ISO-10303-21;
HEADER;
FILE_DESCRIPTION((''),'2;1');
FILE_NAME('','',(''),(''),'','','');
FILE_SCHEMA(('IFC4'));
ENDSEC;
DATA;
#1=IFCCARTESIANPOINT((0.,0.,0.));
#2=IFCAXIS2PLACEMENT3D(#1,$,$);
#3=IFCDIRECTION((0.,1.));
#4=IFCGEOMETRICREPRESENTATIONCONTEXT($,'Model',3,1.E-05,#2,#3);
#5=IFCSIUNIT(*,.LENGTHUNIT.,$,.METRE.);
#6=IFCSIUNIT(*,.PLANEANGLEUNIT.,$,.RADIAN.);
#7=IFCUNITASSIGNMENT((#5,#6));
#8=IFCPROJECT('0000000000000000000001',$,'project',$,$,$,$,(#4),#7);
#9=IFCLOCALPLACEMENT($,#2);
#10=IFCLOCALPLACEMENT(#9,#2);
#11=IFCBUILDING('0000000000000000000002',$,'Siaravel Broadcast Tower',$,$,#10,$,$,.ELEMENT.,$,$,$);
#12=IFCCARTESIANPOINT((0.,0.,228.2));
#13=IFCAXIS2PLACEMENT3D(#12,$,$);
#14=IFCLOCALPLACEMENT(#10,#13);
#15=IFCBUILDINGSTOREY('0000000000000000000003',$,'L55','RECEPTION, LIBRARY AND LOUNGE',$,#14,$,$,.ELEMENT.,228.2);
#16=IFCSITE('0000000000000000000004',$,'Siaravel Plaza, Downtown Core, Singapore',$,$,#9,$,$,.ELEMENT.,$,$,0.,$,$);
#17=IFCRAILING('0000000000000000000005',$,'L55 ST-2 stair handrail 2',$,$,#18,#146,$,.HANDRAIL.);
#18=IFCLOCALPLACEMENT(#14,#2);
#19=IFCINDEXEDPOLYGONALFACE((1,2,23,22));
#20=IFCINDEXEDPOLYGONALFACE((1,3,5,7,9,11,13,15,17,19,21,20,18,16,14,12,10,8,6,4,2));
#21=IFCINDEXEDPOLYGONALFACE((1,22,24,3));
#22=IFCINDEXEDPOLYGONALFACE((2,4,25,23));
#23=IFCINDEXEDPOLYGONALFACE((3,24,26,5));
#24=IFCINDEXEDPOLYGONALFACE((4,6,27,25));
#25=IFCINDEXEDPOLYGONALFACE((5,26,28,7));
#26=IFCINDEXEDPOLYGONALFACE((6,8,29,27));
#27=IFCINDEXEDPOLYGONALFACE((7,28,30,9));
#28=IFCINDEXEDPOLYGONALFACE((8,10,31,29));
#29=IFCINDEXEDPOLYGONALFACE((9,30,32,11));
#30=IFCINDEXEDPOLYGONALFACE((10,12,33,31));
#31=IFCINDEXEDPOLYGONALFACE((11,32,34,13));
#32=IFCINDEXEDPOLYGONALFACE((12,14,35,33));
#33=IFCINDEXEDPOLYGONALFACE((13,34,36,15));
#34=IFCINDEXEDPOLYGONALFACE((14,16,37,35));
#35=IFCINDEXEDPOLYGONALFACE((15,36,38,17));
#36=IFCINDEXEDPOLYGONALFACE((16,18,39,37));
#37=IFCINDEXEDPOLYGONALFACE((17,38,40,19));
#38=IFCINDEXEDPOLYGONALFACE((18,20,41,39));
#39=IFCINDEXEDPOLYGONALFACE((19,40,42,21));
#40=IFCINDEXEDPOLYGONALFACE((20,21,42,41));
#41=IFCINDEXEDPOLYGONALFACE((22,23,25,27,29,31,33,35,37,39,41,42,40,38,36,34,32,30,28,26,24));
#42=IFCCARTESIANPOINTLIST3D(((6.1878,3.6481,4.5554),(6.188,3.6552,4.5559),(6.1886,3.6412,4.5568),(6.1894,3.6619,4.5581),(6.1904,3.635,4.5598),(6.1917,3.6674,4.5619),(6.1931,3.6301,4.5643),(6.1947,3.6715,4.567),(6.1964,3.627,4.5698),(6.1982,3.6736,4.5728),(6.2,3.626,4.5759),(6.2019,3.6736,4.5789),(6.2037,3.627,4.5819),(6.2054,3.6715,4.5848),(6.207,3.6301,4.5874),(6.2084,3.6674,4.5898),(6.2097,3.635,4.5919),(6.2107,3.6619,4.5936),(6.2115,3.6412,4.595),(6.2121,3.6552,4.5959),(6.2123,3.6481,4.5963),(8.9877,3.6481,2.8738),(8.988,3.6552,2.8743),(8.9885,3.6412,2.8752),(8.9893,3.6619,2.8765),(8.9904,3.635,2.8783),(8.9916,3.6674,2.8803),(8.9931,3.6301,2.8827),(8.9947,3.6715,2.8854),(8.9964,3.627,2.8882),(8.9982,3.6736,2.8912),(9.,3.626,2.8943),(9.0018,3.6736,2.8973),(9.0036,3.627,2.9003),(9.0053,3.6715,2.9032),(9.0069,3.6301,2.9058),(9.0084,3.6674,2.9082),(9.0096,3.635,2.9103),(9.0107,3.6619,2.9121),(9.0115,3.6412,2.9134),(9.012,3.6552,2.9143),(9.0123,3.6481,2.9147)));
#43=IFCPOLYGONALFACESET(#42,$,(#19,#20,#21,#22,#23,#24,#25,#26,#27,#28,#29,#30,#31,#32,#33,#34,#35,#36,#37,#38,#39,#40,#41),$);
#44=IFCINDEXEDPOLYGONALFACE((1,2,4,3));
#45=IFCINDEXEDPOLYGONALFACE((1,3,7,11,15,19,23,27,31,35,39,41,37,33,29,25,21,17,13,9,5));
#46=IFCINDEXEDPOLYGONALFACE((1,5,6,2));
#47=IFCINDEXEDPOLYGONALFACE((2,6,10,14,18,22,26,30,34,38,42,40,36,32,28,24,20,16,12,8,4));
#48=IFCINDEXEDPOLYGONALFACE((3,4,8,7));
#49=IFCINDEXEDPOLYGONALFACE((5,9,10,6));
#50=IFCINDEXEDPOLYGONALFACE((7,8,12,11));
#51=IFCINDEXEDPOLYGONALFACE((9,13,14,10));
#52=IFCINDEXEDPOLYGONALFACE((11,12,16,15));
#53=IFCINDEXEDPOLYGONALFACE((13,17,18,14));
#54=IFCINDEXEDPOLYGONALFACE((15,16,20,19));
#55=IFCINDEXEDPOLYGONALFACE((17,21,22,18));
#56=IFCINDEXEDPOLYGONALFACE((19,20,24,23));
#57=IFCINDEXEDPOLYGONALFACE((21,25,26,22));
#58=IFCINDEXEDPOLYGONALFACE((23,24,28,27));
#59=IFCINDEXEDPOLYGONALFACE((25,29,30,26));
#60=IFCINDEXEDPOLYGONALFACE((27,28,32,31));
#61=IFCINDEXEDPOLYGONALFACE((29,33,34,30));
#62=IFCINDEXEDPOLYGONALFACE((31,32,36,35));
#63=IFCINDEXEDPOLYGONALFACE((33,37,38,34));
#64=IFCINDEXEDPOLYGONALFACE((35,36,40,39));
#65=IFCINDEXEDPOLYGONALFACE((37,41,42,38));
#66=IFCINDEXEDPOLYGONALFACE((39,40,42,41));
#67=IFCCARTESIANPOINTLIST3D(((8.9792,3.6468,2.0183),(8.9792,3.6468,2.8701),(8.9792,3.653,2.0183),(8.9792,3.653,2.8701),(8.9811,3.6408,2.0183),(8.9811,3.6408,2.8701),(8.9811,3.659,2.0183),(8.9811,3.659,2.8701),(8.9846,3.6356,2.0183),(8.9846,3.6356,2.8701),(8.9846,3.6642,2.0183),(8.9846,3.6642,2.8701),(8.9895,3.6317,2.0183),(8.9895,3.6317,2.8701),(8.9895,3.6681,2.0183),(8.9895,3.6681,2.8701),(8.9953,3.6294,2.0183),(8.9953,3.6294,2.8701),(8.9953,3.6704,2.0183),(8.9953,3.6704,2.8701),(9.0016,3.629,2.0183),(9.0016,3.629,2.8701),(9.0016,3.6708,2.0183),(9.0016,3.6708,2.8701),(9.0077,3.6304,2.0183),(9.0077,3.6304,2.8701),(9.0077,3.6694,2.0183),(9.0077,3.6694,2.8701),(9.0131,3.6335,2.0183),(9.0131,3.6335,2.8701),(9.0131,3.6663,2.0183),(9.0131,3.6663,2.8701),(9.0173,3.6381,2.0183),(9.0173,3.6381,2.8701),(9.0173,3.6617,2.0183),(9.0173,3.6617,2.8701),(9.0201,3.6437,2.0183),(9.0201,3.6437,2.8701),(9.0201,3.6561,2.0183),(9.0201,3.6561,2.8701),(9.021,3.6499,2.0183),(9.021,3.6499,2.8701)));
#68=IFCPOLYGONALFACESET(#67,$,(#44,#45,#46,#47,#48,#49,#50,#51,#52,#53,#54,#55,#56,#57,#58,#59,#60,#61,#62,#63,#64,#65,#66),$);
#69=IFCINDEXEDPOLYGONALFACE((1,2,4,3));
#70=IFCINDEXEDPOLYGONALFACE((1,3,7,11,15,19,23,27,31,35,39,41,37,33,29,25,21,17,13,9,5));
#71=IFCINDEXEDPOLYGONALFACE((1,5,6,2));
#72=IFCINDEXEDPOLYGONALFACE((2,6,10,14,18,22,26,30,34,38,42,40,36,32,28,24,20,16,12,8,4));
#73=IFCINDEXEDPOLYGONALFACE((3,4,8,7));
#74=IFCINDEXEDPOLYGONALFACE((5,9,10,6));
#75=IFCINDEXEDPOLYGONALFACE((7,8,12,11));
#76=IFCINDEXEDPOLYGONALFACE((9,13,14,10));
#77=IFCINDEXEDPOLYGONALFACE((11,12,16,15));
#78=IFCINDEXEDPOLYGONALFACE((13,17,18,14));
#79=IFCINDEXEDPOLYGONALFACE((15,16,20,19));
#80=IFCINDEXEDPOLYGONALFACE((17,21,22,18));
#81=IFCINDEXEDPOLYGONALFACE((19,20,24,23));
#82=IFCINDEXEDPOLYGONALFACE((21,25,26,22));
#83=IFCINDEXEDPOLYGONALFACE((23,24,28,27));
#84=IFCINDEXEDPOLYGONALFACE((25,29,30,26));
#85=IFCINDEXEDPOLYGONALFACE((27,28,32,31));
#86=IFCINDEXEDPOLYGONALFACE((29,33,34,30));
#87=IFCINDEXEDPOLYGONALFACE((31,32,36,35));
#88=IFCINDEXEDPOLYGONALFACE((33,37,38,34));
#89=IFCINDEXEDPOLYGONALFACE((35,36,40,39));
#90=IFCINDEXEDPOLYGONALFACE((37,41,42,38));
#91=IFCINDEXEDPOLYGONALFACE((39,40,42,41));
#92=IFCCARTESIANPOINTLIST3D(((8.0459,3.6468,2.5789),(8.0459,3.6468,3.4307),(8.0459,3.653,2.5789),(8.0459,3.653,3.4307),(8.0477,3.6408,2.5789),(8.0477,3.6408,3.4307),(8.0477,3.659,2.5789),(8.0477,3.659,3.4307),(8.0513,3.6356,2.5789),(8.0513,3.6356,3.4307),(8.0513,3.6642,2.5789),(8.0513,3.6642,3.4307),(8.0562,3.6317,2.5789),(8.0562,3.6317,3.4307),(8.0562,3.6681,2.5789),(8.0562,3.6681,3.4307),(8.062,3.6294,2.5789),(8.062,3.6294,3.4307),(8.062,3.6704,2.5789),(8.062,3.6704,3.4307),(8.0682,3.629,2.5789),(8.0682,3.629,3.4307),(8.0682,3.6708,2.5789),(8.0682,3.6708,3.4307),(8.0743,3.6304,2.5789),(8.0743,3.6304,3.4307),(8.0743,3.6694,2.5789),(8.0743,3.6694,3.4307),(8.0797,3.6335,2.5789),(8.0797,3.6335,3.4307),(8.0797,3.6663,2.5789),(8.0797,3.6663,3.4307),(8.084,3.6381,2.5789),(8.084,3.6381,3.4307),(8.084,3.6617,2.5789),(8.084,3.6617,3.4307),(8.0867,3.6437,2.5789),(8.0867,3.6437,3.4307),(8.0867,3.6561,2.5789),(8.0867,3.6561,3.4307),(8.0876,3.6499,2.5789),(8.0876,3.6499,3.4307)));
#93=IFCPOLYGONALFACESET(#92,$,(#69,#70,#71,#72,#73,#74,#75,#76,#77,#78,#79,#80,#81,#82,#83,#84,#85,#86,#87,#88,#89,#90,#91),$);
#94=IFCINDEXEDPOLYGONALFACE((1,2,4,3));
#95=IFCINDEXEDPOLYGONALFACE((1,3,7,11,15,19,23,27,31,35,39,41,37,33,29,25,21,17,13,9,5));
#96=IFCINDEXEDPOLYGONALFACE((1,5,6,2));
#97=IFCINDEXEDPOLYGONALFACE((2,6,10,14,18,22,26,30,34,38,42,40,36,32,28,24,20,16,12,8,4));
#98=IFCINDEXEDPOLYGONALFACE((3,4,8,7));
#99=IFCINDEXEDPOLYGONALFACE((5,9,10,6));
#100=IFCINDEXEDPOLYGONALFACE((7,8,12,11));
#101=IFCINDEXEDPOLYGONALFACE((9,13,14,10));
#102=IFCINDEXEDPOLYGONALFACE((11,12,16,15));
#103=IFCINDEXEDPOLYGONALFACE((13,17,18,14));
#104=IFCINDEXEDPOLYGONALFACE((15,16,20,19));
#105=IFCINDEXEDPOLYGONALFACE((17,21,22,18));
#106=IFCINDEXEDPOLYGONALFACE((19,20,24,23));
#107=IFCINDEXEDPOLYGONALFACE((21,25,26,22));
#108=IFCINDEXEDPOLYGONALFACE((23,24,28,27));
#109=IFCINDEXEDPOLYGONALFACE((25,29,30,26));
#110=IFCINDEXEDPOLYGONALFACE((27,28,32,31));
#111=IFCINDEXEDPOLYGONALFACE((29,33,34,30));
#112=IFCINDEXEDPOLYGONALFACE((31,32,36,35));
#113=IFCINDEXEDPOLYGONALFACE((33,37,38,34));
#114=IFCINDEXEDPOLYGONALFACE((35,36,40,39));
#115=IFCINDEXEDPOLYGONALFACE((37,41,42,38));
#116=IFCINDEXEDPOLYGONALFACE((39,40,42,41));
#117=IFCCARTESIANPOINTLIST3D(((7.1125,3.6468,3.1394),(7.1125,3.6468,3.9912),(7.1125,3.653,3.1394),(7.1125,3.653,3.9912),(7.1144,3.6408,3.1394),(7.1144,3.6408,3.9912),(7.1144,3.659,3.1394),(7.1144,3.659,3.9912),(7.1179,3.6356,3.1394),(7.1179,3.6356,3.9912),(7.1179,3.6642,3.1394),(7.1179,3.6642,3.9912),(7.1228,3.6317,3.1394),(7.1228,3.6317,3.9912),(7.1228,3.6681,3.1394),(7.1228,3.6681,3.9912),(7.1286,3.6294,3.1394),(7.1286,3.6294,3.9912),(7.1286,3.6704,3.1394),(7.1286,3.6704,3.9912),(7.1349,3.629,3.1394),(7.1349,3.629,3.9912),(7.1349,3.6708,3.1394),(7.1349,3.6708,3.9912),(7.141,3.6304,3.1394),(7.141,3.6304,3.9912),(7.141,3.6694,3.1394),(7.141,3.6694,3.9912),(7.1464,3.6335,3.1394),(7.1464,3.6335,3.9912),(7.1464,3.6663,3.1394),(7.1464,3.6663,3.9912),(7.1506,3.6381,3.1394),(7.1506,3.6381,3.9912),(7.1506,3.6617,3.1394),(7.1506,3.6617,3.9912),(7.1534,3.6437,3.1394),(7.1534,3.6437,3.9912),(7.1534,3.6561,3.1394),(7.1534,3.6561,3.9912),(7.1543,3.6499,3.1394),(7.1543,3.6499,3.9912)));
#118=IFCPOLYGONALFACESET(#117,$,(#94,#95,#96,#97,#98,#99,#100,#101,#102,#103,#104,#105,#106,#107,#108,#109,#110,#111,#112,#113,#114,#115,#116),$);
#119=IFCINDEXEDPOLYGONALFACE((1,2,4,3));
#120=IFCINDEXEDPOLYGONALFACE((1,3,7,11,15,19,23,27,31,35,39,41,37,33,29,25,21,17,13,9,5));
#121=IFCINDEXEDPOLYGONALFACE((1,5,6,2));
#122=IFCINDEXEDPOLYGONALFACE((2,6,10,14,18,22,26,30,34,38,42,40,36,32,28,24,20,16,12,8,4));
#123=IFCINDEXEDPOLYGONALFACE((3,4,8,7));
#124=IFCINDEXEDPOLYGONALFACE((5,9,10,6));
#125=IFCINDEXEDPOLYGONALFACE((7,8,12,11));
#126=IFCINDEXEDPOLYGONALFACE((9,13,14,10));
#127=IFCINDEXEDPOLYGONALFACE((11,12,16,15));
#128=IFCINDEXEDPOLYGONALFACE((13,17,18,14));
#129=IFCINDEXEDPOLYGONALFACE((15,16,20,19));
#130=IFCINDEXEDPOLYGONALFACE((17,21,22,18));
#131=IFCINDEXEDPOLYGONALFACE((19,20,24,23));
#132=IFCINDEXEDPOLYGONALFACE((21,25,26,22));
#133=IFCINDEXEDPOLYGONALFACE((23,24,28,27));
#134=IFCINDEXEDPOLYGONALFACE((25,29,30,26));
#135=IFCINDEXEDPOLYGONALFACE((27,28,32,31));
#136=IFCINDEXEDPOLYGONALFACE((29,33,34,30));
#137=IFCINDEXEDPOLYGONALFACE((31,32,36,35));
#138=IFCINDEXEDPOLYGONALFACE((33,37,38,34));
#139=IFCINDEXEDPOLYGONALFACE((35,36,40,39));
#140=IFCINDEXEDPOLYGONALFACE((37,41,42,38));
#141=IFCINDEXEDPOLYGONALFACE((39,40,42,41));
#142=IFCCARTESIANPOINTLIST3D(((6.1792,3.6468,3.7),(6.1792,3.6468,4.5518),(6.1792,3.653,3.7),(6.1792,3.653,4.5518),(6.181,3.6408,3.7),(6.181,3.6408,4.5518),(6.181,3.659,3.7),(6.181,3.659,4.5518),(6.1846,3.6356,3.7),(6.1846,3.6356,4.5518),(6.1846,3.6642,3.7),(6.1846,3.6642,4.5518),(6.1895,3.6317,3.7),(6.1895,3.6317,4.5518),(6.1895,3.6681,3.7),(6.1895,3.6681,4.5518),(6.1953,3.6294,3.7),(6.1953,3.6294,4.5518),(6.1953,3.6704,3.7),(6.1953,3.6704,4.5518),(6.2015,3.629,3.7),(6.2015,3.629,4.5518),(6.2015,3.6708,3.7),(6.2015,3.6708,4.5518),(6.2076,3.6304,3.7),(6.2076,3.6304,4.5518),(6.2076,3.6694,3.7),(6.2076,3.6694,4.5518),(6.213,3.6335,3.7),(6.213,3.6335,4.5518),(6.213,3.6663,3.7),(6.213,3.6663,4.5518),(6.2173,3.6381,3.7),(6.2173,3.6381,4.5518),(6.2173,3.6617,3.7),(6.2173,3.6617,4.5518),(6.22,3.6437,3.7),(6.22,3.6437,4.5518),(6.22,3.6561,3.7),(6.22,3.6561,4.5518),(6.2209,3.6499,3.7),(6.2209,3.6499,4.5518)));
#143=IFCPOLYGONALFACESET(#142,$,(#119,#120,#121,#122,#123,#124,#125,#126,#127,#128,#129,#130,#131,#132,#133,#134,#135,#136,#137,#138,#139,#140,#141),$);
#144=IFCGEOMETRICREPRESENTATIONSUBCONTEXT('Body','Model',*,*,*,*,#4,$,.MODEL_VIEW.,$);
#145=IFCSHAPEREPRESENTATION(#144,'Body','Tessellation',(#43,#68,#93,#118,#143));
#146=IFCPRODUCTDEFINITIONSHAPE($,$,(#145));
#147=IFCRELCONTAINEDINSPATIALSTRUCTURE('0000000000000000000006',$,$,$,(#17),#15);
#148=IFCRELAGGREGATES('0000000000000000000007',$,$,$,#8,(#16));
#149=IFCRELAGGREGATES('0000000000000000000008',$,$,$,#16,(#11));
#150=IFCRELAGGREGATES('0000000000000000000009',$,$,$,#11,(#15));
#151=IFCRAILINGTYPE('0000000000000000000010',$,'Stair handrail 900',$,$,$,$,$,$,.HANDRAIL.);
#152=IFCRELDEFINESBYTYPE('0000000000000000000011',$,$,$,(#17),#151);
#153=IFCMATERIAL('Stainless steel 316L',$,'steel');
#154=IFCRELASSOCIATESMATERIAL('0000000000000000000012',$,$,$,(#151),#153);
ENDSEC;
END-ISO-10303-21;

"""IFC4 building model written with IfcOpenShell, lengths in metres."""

from ifc_helpers import new_model, si_unit, direction, frame, origin, origin_2d, place, context, subcontext, project, spatial, circle, extrude, material, type_object, element, save


model = new_model("IFC4")

# Units and contexts
model_context = context("Model", 3, precision=1e-05, world=origin(), true_north=direction((0.0, 1.0)))
body_context = subcontext(model_context, "Body", "Model", "MODEL_VIEW")
ifc_project = project(units=[si_unit("LENGTHUNIT", "METRE"), si_unit("PLANEANGLEUNIT", "RADIAN")], contexts=[model_context])

# Site, building, storey
site_placement = place(None, origin())
site = spatial("IfcSite", under=ifc_project, at=site_placement, Name="Siaravel Plaza, Downtown Core, Singapore", CompositionType="ELEMENT", RefElevation=0.0)
building_placement = place(site_placement, origin())
building = spatial("IfcBuilding", under=site, at=building_placement, Name="Siaravel Broadcast Tower", CompositionType="ELEMENT")
storey_placement = place(building_placement, frame((0.0, 0.0, 228.2)))
storey = spatial("IfcBuildingStorey", under=building, at=storey_placement, Name="L55", Description="RECEPTION, LIBRARY AND LOUNGE", CompositionType="ELEMENT", Elevation=228.2)

# Railing
ifc_material_1 = material(Name="Stainless steel 316L", Category="steel")
railing_type_1 = type_object("IfcRailingType", Name="Stair handrail 900", PredefinedType="HANDRAIL", material=ifc_material_1)
railing_1_placement = place(storey_placement, frame((9.0, 3.6499, 2.0183)))
element("IfcRailing", 1, at=railing_1_placement, inside=storey, type_object=railing_type_1, Name="L55 ST-2 stair handrail 2", PredefinedType="HANDRAIL", context=body_context, shape_type="SweptSolid", body=[
    extrude(circle(Radius=0.0239, at=origin_2d()), frame((0.0, 0.0, 0.876), z_axis=(-0.857275, 0.0, 0.514858), x_axis=(0.0, -1.0, 0.0)), (0.0, 0.0, 1.0), 3.2661),
    extrude(circle(Radius=0.021, at=origin_2d()), origin(), (0.0, 0.0, 1.0), 0.8518),
    extrude(circle(Radius=0.021, at=origin_2d()), frame((-0.9333, 0.0, 0.5605)), (0.0, 0.0, 1.0), 0.8518),
    extrude(circle(Radius=0.021, at=origin_2d()), frame((-1.8667, 0.0, 1.1211)), (0.0, 0.0, 1.0), 0.8518),
    extrude(circle(Radius=0.021, at=origin_2d()), frame((-2.8, 0.0, 1.6816)), (0.0, 0.0, 1.0), 0.8518),
])

save(model, "model.ifc")
